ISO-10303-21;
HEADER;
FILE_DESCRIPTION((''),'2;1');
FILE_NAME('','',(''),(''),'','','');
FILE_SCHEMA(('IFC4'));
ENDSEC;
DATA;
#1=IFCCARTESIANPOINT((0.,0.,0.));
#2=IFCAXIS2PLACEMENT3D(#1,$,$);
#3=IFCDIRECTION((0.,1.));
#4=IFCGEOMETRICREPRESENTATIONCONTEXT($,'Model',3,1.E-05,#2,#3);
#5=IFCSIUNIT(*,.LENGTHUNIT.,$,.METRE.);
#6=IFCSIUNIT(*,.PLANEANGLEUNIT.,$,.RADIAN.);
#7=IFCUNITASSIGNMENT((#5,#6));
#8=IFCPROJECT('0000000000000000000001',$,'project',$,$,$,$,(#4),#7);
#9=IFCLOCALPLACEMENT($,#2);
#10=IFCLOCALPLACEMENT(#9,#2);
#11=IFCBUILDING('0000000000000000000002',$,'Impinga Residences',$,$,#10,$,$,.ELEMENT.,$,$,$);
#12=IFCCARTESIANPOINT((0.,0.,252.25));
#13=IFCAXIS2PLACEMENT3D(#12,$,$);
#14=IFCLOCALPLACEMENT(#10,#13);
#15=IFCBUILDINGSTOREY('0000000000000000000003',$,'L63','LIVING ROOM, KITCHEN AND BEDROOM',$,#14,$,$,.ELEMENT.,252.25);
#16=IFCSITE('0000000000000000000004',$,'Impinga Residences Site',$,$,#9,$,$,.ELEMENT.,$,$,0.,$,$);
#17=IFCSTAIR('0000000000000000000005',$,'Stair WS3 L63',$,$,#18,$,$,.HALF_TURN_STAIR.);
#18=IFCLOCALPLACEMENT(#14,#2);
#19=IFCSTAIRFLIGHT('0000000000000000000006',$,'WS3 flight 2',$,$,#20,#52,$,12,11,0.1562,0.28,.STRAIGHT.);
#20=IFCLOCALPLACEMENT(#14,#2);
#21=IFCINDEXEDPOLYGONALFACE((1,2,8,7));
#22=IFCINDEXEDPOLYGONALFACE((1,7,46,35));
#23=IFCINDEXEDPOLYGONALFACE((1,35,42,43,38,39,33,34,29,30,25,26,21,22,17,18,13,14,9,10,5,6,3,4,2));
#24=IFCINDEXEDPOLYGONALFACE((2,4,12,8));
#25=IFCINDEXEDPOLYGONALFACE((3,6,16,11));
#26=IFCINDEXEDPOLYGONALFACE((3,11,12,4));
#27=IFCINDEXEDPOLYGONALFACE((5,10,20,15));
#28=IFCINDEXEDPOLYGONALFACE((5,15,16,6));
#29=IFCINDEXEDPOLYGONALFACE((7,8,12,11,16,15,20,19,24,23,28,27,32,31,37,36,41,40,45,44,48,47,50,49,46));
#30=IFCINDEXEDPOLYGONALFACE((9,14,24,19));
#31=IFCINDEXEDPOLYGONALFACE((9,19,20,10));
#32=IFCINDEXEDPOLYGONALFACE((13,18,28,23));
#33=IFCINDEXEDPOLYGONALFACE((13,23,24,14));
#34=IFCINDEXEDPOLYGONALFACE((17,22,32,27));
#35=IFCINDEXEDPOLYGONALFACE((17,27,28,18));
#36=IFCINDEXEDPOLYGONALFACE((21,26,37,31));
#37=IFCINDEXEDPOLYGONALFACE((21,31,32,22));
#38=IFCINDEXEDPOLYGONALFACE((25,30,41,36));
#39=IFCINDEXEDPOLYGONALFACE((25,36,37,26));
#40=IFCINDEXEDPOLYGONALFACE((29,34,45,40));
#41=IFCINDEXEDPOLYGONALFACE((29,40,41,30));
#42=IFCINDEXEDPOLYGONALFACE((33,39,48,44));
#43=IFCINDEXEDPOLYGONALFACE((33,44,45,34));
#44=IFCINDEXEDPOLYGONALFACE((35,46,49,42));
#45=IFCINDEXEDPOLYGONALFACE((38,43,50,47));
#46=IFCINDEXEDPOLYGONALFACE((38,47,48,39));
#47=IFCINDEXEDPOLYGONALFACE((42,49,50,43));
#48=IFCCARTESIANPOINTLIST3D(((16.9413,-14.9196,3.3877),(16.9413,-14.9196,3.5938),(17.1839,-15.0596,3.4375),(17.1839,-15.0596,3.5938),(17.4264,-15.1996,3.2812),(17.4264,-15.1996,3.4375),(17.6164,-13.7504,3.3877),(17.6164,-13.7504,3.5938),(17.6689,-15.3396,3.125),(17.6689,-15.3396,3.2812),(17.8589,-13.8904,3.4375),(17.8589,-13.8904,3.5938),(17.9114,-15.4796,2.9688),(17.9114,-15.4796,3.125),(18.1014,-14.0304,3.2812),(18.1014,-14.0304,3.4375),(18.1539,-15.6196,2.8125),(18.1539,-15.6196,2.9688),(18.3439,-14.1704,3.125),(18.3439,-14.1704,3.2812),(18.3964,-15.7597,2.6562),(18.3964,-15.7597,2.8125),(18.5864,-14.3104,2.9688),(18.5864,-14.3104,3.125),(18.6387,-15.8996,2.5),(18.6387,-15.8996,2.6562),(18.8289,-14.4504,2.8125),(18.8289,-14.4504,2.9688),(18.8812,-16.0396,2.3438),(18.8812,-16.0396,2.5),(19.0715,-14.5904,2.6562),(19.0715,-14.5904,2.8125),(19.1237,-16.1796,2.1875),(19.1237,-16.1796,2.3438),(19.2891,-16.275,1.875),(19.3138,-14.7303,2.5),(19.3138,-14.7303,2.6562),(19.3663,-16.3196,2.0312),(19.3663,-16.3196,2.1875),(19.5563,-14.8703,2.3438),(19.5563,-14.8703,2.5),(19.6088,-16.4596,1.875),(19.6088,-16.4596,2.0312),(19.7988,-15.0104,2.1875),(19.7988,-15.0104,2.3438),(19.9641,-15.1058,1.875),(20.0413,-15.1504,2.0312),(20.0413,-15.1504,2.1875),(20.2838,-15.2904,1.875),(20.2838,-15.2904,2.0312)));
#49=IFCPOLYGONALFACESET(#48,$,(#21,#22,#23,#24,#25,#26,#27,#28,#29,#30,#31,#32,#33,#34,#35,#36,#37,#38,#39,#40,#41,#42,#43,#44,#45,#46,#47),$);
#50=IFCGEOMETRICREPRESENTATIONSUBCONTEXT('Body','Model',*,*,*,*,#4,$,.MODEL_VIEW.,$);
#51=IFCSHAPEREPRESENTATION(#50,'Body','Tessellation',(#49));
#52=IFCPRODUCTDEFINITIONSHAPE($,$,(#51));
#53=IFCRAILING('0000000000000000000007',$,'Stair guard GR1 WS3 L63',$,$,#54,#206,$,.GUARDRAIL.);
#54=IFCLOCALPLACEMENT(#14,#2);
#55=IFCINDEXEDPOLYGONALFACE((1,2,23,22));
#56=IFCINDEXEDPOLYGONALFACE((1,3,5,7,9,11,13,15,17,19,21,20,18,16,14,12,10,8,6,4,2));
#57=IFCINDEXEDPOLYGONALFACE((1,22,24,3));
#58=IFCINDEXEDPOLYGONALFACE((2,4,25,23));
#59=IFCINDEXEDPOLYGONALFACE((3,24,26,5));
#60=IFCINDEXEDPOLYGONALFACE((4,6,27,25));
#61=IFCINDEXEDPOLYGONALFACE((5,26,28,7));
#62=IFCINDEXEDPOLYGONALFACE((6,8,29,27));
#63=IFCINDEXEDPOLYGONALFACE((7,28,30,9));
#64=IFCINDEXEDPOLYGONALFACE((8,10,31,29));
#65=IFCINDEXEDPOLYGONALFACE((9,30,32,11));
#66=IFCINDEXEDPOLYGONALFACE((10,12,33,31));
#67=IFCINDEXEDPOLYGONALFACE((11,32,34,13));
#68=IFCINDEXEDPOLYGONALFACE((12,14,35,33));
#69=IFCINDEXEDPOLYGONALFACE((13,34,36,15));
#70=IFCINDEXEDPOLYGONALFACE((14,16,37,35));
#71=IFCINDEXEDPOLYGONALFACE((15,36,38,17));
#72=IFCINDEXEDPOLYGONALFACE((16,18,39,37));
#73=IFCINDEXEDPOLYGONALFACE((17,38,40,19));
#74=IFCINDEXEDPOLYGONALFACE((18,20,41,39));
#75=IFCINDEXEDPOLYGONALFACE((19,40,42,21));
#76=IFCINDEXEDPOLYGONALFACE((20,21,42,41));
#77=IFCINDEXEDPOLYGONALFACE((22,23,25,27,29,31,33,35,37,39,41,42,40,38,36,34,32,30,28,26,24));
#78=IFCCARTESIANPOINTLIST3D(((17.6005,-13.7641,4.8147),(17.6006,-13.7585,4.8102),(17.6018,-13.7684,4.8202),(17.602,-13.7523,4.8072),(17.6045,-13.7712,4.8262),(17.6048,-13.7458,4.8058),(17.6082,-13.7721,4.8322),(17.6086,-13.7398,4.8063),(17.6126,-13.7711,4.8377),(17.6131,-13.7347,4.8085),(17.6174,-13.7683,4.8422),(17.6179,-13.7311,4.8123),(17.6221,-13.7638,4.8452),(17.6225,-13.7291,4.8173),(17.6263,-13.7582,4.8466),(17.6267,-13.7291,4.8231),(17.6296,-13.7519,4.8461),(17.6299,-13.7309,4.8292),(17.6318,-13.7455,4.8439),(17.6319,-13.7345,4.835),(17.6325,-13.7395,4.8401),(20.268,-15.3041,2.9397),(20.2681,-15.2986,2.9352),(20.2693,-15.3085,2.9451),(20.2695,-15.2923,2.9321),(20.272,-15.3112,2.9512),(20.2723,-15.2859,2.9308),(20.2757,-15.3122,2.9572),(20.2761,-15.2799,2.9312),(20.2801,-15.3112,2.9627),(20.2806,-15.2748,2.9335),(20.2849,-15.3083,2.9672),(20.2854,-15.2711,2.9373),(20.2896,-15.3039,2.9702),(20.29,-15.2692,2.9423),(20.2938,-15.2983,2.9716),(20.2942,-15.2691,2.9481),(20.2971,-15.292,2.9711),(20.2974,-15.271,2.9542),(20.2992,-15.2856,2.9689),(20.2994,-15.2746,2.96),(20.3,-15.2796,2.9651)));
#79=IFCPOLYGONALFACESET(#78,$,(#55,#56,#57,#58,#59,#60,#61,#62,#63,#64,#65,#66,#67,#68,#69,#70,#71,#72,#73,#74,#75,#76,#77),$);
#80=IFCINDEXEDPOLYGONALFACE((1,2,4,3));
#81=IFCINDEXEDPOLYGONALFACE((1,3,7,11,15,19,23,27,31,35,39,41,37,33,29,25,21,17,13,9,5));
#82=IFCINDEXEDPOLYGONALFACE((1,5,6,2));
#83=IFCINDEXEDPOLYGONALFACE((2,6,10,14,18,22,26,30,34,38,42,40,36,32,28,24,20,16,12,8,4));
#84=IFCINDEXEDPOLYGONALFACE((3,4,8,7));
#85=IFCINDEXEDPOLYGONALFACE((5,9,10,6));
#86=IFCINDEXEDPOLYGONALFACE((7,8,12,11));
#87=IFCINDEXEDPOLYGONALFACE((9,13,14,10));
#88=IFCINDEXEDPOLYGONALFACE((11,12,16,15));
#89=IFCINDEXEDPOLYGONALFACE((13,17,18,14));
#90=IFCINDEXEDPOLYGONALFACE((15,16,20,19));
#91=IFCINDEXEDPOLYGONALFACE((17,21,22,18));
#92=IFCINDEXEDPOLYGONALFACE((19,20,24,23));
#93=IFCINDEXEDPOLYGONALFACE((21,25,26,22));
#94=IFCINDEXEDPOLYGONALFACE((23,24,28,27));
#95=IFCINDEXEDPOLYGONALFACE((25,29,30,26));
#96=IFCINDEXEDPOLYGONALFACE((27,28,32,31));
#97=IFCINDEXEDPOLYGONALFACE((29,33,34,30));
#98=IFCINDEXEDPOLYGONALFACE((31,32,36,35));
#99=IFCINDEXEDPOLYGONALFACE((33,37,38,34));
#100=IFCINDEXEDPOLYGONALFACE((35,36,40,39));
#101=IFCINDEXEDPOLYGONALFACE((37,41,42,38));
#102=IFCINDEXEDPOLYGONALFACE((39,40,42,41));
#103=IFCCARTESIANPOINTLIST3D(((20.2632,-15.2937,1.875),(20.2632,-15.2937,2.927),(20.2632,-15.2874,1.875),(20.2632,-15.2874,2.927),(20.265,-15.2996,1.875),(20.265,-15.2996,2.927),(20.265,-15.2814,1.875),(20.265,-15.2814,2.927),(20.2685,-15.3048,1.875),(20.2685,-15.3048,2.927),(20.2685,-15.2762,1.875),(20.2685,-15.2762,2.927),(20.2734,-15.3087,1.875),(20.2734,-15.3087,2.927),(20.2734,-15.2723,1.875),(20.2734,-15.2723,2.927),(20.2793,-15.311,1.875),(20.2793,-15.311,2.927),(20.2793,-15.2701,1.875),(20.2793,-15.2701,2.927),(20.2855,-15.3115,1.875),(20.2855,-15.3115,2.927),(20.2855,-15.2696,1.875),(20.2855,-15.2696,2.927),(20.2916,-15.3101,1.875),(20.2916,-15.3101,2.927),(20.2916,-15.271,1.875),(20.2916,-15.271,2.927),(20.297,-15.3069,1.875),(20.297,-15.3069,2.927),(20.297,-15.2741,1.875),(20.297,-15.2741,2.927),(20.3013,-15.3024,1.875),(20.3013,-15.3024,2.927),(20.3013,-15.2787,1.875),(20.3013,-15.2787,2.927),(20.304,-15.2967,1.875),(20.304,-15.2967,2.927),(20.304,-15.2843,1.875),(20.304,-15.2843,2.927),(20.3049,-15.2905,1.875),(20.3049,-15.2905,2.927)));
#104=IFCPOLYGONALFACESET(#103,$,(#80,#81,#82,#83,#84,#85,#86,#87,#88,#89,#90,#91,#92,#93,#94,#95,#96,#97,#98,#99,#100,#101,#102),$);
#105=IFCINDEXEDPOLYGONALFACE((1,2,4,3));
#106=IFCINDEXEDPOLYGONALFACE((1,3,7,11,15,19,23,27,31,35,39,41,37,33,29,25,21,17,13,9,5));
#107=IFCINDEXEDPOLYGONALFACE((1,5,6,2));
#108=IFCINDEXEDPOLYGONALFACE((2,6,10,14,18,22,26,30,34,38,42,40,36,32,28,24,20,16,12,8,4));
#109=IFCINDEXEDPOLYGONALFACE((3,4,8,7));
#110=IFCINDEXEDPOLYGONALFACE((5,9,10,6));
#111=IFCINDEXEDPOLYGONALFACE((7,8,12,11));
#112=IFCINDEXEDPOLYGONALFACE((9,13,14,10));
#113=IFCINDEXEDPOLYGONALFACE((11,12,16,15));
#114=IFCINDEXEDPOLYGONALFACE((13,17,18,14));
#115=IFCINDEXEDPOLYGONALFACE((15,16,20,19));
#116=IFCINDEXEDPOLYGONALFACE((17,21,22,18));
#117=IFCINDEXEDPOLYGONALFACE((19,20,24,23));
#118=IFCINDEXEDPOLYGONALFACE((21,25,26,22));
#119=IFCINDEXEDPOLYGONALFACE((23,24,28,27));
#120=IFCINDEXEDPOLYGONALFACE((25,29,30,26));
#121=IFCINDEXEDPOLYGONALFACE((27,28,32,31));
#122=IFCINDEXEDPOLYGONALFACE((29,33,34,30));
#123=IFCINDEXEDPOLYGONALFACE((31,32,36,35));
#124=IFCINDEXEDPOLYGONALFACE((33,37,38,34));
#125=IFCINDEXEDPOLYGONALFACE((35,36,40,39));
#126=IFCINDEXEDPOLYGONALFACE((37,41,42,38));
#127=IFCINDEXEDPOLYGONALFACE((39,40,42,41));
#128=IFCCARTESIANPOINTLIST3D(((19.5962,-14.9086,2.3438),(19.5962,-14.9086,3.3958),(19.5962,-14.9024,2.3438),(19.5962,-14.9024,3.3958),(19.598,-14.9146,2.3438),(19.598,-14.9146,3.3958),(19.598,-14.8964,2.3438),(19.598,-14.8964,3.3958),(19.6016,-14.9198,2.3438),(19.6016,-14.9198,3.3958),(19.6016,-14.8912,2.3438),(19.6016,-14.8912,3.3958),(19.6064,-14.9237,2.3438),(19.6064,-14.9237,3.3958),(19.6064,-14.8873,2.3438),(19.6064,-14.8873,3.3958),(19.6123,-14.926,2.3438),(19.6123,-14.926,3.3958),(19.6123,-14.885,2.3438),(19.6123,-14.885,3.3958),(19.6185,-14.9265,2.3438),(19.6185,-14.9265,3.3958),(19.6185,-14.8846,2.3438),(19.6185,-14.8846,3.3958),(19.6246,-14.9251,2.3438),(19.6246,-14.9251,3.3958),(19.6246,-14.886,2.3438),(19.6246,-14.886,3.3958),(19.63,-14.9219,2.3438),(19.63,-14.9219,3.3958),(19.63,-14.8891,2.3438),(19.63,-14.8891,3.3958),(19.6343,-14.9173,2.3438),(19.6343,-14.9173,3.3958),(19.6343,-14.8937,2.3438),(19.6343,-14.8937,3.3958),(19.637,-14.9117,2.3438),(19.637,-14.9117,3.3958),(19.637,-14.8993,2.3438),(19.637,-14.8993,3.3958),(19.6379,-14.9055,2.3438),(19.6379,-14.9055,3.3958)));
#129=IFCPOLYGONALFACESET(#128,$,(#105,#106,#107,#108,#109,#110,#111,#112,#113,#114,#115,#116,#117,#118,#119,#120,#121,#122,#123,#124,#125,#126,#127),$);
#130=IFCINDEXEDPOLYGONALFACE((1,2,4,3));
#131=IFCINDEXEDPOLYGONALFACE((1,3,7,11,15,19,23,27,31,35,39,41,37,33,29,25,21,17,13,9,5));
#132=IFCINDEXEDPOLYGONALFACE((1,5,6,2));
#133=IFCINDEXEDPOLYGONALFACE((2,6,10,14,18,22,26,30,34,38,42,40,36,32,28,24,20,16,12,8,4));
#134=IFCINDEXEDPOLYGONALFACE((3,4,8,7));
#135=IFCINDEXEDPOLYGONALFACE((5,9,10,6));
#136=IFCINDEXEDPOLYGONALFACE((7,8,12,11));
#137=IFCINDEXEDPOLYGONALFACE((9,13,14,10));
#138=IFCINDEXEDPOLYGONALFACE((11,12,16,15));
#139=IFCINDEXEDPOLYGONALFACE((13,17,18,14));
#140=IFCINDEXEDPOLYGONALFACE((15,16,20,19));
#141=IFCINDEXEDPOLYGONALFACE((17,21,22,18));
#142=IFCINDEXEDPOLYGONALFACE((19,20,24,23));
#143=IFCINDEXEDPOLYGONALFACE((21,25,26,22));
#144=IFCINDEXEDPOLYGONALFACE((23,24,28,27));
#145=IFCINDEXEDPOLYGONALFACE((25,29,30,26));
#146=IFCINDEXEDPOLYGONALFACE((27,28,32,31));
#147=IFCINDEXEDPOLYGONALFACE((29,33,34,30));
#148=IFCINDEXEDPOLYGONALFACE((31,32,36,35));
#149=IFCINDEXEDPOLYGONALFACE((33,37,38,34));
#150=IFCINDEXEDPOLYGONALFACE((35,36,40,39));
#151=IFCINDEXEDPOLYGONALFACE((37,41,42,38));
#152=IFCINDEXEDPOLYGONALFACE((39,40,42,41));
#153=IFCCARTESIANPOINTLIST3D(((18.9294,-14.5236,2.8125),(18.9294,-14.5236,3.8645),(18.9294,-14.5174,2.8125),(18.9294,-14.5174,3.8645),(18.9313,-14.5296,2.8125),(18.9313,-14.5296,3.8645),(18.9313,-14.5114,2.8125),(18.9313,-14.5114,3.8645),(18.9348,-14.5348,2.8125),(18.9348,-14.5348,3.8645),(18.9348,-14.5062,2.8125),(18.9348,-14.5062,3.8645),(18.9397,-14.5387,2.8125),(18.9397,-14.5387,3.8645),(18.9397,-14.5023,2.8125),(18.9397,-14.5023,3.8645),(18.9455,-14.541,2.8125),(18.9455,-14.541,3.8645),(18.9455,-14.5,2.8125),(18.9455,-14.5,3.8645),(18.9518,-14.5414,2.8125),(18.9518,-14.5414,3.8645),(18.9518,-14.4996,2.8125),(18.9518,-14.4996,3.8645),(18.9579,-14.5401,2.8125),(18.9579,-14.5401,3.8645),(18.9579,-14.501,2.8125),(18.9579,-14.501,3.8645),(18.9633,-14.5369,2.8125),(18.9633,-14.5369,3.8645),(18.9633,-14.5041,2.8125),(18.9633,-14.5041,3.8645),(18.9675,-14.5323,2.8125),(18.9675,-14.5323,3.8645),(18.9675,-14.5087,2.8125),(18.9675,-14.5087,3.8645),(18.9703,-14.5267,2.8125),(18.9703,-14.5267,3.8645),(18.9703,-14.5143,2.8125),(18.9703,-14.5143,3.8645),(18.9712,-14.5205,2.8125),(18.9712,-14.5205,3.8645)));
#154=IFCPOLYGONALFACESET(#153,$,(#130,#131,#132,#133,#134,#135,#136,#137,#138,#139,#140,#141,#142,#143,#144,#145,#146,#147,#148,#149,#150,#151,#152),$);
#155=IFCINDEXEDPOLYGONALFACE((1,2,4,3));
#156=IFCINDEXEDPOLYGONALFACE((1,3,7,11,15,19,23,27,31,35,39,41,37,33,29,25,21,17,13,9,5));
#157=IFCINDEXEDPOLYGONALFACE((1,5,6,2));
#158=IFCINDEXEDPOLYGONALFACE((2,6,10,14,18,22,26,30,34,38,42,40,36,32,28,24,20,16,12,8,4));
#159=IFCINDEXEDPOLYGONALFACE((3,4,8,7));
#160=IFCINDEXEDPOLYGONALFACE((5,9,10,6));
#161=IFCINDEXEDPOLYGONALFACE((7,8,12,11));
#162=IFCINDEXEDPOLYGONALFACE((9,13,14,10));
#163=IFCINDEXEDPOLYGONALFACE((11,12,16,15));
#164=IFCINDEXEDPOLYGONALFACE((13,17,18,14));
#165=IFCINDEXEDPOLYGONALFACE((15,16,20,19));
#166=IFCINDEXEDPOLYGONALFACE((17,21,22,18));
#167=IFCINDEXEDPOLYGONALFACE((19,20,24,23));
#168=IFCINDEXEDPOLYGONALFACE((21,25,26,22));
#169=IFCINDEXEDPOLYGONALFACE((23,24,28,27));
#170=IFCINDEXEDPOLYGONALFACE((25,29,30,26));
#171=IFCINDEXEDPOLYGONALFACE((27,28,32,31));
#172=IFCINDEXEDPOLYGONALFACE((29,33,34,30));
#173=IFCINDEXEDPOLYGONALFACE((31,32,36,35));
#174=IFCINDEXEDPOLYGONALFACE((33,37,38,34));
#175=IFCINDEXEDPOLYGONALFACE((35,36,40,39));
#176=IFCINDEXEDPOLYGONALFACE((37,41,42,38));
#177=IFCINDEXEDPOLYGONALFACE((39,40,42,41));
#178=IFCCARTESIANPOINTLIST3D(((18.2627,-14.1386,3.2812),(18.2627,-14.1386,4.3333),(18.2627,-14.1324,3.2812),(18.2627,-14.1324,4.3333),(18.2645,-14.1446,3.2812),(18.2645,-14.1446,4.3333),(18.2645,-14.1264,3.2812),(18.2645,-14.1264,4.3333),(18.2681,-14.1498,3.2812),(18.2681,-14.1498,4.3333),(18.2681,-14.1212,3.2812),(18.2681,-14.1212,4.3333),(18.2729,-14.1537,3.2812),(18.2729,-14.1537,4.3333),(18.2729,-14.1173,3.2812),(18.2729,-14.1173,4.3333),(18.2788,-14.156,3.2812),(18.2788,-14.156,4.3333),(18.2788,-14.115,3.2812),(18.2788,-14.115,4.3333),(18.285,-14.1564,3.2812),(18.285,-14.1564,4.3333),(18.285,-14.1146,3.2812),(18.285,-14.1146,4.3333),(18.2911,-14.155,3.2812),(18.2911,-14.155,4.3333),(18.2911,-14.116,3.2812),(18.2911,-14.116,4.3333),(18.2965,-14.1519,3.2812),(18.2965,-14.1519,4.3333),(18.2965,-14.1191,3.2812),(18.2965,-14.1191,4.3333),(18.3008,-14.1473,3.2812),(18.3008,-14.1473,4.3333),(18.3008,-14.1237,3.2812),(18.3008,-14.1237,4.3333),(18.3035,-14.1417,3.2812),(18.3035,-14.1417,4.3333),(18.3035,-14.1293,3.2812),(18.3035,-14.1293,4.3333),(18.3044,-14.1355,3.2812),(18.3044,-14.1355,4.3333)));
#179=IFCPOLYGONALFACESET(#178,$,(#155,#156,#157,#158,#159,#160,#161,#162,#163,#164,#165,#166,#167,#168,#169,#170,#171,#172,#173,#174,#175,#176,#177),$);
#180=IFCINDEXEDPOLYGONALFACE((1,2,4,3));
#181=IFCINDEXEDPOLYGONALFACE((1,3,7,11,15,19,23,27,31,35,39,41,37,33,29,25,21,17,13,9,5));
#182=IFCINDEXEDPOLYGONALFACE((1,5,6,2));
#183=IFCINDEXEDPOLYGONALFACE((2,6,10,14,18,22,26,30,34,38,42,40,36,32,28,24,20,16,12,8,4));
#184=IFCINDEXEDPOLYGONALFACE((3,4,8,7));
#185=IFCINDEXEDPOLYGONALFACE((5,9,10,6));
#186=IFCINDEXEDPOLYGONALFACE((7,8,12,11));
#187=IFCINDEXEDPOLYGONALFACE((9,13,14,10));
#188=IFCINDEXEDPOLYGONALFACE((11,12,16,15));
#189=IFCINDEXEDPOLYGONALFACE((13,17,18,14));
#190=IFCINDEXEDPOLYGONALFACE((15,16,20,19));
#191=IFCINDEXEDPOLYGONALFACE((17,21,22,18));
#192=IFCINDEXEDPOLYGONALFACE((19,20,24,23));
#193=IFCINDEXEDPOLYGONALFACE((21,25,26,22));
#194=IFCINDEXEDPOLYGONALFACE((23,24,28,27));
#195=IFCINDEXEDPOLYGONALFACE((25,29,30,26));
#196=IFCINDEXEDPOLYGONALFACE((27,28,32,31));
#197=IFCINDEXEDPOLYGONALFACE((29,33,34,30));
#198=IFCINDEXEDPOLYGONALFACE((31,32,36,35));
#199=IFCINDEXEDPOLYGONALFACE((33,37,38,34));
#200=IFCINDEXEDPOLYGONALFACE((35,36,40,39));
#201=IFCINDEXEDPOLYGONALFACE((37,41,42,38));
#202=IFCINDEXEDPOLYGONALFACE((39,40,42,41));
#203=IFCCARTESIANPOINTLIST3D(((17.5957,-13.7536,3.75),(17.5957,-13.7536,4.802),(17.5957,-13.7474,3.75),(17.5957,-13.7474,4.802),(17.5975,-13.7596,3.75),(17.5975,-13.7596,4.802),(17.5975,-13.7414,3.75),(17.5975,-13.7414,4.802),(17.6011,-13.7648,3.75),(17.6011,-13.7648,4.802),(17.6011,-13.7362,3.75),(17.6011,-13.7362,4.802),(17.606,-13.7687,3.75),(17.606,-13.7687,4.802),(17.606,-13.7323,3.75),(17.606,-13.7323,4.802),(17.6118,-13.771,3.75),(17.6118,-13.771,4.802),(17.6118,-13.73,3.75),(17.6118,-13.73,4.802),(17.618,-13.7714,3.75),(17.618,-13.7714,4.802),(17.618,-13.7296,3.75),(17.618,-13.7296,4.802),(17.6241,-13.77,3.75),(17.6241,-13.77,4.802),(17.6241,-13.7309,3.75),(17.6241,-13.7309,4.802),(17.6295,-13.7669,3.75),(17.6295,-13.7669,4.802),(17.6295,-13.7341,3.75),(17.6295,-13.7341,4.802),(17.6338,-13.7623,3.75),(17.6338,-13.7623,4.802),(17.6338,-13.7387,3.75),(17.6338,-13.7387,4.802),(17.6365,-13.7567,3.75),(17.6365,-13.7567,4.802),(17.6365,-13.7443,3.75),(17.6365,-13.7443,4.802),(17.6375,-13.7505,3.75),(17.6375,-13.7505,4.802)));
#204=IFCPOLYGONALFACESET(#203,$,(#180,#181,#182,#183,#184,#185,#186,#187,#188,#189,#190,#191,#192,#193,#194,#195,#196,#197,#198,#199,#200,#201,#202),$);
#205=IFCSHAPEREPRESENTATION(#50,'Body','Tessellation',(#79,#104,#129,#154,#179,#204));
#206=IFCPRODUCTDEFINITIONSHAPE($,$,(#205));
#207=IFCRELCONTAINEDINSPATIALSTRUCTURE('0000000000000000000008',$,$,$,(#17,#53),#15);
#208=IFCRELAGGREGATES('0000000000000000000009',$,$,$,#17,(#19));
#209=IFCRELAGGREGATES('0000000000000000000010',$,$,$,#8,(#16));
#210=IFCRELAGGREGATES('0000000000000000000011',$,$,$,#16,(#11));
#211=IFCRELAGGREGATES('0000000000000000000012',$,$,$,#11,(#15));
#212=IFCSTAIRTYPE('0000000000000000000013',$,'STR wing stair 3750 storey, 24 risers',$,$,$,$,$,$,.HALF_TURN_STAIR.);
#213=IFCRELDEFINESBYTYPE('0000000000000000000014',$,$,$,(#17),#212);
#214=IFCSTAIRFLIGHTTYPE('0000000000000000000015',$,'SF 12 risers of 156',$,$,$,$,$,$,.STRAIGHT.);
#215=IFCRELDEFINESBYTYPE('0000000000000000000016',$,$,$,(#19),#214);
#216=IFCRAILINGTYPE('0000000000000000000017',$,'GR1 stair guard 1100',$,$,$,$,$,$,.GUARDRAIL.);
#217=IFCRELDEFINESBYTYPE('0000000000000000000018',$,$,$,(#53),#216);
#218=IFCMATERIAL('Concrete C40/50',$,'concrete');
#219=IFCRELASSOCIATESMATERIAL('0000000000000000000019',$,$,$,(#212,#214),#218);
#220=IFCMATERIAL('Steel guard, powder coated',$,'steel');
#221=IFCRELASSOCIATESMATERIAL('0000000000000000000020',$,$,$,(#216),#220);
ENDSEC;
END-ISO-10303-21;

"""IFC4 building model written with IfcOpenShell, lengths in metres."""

from ifc_helpers import new_model, si_unit, direction, frame, origin, origin_2d, place, context, subcontext, project, spatial, polyline, circle, outline, extrude, material, type_object, element, aggregate, save


model = new_model("IFC4")

# Units and contexts
model_context = context("Model", 3, precision=1e-05, world=origin(), true_north=direction((0.0, 1.0)))
body_context = subcontext(model_context, "Body", "Model", "MODEL_VIEW")
ifc_project = project(units=[si_unit("LENGTHUNIT", "METRE"), si_unit("PLANEANGLEUNIT", "RADIAN")], contexts=[model_context])

# Site, building, storey
site_placement = place(None, origin())
site = spatial("IfcSite", under=ifc_project, at=site_placement, Name="Impinga Residences Site", CompositionType="ELEMENT", RefElevation=0.0)
building_placement = place(site_placement, origin())
building = spatial("IfcBuilding", under=site, at=building_placement, Name="Impinga Residences", CompositionType="ELEMENT")
storey_placement = place(building_placement, frame((0.0, 0.0, 252.25)))
storey = spatial("IfcBuildingStorey", under=building, at=storey_placement, Name="L63", Description="LIVING ROOM, KITCHEN AND BEDROOM", CompositionType="ELEMENT", Elevation=252.25)

# Stair, stair flight
ifc_material_1 = material(Name="Concrete C40/50", Category="concrete")
stair_type = type_object("IfcStairType", Name="STR wing stair 3750 storey, 24 risers", PredefinedType="HALF_TURN_STAIR", material=ifc_material_1)
stair_placement = place(storey_placement, origin())
stair = element("IfcStair", 1, at=stair_placement, inside=storey, type_object=stair_type, Name="Stair WS3 L63", PredefinedType="HALF_TURN_STAIR")
stair_flight_type = type_object("IfcStairFlightType", Name="SF 12 risers of 156", PredefinedType="STRAIGHT", material=ifc_material_1)
stair_flight_1_placement = place(storey_placement, frame((19.9463, -15.875, 1.875), z_axis=(0.0, 0.0, 1.0), x_axis=(-0.866025, 0.5, 0.0)))
stair_flight_1 = element("IfcStairFlight", 2, at=stair_flight_1_placement, type_object=stair_flight_type, Name="WS3 flight 2", NumberOfRisers=12, NumberOfTreads=11, PredefinedType="STRAIGHT", RiserHeight=0.1562, TreadLength=0.28, context=body_context, shape_type="SweptSolid", body=[
    extrude(outline(polyline([(0.0, 0.0), (0.0, 0.1562), (0.28, 0.1562), (0.28, 0.3125), (0.5601, 0.3125), (0.5601, 0.4688), (0.8401, 0.4688), (0.8401, 0.625), (1.1201, 0.625), (1.1201, 0.7812), (1.3999, 0.7812), (1.3999, 0.9375), (1.6799, 0.9375), (1.6799, 1.0938), (1.96, 1.0938), (1.96, 1.25), (2.24, 1.25), (2.24, 1.4062), (2.52, 1.4062), (2.52, 1.5625), (2.8, 1.5625), (2.8, 1.7188), (3.0801, 1.7188), (3.0801, 1.875), (3.0801, 1.5127), (0.3691, 0.0), (0.0, 0.0)])), frame((0.0, 0.675, 0.0), z_axis=(0.0, -1.0, 0.0), x_axis=(1.0, 0.0, 0.0)), (0.0, 0.0, 1.0), 1.3501),
])
aggregate(stair, [stair_flight_1])

# Railing
ifc_material_2 = material(Name="Steel guard, powder coated", Category="steel")
railing_type_1 = type_object("IfcRailingType", Name="GR1 stair guard 1100", PredefinedType="GUARDRAIL", material=ifc_material_2)
railing_1_placement = place(storey_placement, frame((20.2839, -15.2905, 1.875)))
element("IfcRailing", 3, at=railing_1_placement, inside=storey, type_object=railing_type_1, Name="Stair guard GR1 WS3 L63", PredefinedType="GUARDRAIL", context=body_context, shape_type="SweptSolid", body=[
    extrude(circle(Radius=0.0239, at=origin_2d()), frame((0.0, 0.0, 1.0762), z_axis=(-0.739746, 0.427084, 0.519975), x_axis=(-0.499992, -0.86603, 0.0)), (0.0, 0.0, 1.0), 3.606),
    extrude(circle(Radius=0.021, at=origin_2d()), origin(), (0.0, 0.0, 1.0), 1.052),
    extrude(circle(Radius=0.021, at=origin_2d()), frame((-0.667, 0.385, 0.4688)), (0.0, 0.0, 1.0), 1.052),
    extrude(circle(Radius=0.021, at=origin_2d()), frame((-1.3337, 0.77, 0.9375)), (0.0, 0.0, 1.0), 1.052),
    extrude(circle(Radius=0.021, at=origin_2d()), frame((-2.0005, 1.155, 1.4062)), (0.0, 0.0, 1.0), 1.052),
    extrude(circle(Radius=0.021, at=origin_2d()), frame((-2.6675, 1.54, 1.875)), (0.0, 0.0, 1.0), 1.052),
])

save(model, "model.ifc")
